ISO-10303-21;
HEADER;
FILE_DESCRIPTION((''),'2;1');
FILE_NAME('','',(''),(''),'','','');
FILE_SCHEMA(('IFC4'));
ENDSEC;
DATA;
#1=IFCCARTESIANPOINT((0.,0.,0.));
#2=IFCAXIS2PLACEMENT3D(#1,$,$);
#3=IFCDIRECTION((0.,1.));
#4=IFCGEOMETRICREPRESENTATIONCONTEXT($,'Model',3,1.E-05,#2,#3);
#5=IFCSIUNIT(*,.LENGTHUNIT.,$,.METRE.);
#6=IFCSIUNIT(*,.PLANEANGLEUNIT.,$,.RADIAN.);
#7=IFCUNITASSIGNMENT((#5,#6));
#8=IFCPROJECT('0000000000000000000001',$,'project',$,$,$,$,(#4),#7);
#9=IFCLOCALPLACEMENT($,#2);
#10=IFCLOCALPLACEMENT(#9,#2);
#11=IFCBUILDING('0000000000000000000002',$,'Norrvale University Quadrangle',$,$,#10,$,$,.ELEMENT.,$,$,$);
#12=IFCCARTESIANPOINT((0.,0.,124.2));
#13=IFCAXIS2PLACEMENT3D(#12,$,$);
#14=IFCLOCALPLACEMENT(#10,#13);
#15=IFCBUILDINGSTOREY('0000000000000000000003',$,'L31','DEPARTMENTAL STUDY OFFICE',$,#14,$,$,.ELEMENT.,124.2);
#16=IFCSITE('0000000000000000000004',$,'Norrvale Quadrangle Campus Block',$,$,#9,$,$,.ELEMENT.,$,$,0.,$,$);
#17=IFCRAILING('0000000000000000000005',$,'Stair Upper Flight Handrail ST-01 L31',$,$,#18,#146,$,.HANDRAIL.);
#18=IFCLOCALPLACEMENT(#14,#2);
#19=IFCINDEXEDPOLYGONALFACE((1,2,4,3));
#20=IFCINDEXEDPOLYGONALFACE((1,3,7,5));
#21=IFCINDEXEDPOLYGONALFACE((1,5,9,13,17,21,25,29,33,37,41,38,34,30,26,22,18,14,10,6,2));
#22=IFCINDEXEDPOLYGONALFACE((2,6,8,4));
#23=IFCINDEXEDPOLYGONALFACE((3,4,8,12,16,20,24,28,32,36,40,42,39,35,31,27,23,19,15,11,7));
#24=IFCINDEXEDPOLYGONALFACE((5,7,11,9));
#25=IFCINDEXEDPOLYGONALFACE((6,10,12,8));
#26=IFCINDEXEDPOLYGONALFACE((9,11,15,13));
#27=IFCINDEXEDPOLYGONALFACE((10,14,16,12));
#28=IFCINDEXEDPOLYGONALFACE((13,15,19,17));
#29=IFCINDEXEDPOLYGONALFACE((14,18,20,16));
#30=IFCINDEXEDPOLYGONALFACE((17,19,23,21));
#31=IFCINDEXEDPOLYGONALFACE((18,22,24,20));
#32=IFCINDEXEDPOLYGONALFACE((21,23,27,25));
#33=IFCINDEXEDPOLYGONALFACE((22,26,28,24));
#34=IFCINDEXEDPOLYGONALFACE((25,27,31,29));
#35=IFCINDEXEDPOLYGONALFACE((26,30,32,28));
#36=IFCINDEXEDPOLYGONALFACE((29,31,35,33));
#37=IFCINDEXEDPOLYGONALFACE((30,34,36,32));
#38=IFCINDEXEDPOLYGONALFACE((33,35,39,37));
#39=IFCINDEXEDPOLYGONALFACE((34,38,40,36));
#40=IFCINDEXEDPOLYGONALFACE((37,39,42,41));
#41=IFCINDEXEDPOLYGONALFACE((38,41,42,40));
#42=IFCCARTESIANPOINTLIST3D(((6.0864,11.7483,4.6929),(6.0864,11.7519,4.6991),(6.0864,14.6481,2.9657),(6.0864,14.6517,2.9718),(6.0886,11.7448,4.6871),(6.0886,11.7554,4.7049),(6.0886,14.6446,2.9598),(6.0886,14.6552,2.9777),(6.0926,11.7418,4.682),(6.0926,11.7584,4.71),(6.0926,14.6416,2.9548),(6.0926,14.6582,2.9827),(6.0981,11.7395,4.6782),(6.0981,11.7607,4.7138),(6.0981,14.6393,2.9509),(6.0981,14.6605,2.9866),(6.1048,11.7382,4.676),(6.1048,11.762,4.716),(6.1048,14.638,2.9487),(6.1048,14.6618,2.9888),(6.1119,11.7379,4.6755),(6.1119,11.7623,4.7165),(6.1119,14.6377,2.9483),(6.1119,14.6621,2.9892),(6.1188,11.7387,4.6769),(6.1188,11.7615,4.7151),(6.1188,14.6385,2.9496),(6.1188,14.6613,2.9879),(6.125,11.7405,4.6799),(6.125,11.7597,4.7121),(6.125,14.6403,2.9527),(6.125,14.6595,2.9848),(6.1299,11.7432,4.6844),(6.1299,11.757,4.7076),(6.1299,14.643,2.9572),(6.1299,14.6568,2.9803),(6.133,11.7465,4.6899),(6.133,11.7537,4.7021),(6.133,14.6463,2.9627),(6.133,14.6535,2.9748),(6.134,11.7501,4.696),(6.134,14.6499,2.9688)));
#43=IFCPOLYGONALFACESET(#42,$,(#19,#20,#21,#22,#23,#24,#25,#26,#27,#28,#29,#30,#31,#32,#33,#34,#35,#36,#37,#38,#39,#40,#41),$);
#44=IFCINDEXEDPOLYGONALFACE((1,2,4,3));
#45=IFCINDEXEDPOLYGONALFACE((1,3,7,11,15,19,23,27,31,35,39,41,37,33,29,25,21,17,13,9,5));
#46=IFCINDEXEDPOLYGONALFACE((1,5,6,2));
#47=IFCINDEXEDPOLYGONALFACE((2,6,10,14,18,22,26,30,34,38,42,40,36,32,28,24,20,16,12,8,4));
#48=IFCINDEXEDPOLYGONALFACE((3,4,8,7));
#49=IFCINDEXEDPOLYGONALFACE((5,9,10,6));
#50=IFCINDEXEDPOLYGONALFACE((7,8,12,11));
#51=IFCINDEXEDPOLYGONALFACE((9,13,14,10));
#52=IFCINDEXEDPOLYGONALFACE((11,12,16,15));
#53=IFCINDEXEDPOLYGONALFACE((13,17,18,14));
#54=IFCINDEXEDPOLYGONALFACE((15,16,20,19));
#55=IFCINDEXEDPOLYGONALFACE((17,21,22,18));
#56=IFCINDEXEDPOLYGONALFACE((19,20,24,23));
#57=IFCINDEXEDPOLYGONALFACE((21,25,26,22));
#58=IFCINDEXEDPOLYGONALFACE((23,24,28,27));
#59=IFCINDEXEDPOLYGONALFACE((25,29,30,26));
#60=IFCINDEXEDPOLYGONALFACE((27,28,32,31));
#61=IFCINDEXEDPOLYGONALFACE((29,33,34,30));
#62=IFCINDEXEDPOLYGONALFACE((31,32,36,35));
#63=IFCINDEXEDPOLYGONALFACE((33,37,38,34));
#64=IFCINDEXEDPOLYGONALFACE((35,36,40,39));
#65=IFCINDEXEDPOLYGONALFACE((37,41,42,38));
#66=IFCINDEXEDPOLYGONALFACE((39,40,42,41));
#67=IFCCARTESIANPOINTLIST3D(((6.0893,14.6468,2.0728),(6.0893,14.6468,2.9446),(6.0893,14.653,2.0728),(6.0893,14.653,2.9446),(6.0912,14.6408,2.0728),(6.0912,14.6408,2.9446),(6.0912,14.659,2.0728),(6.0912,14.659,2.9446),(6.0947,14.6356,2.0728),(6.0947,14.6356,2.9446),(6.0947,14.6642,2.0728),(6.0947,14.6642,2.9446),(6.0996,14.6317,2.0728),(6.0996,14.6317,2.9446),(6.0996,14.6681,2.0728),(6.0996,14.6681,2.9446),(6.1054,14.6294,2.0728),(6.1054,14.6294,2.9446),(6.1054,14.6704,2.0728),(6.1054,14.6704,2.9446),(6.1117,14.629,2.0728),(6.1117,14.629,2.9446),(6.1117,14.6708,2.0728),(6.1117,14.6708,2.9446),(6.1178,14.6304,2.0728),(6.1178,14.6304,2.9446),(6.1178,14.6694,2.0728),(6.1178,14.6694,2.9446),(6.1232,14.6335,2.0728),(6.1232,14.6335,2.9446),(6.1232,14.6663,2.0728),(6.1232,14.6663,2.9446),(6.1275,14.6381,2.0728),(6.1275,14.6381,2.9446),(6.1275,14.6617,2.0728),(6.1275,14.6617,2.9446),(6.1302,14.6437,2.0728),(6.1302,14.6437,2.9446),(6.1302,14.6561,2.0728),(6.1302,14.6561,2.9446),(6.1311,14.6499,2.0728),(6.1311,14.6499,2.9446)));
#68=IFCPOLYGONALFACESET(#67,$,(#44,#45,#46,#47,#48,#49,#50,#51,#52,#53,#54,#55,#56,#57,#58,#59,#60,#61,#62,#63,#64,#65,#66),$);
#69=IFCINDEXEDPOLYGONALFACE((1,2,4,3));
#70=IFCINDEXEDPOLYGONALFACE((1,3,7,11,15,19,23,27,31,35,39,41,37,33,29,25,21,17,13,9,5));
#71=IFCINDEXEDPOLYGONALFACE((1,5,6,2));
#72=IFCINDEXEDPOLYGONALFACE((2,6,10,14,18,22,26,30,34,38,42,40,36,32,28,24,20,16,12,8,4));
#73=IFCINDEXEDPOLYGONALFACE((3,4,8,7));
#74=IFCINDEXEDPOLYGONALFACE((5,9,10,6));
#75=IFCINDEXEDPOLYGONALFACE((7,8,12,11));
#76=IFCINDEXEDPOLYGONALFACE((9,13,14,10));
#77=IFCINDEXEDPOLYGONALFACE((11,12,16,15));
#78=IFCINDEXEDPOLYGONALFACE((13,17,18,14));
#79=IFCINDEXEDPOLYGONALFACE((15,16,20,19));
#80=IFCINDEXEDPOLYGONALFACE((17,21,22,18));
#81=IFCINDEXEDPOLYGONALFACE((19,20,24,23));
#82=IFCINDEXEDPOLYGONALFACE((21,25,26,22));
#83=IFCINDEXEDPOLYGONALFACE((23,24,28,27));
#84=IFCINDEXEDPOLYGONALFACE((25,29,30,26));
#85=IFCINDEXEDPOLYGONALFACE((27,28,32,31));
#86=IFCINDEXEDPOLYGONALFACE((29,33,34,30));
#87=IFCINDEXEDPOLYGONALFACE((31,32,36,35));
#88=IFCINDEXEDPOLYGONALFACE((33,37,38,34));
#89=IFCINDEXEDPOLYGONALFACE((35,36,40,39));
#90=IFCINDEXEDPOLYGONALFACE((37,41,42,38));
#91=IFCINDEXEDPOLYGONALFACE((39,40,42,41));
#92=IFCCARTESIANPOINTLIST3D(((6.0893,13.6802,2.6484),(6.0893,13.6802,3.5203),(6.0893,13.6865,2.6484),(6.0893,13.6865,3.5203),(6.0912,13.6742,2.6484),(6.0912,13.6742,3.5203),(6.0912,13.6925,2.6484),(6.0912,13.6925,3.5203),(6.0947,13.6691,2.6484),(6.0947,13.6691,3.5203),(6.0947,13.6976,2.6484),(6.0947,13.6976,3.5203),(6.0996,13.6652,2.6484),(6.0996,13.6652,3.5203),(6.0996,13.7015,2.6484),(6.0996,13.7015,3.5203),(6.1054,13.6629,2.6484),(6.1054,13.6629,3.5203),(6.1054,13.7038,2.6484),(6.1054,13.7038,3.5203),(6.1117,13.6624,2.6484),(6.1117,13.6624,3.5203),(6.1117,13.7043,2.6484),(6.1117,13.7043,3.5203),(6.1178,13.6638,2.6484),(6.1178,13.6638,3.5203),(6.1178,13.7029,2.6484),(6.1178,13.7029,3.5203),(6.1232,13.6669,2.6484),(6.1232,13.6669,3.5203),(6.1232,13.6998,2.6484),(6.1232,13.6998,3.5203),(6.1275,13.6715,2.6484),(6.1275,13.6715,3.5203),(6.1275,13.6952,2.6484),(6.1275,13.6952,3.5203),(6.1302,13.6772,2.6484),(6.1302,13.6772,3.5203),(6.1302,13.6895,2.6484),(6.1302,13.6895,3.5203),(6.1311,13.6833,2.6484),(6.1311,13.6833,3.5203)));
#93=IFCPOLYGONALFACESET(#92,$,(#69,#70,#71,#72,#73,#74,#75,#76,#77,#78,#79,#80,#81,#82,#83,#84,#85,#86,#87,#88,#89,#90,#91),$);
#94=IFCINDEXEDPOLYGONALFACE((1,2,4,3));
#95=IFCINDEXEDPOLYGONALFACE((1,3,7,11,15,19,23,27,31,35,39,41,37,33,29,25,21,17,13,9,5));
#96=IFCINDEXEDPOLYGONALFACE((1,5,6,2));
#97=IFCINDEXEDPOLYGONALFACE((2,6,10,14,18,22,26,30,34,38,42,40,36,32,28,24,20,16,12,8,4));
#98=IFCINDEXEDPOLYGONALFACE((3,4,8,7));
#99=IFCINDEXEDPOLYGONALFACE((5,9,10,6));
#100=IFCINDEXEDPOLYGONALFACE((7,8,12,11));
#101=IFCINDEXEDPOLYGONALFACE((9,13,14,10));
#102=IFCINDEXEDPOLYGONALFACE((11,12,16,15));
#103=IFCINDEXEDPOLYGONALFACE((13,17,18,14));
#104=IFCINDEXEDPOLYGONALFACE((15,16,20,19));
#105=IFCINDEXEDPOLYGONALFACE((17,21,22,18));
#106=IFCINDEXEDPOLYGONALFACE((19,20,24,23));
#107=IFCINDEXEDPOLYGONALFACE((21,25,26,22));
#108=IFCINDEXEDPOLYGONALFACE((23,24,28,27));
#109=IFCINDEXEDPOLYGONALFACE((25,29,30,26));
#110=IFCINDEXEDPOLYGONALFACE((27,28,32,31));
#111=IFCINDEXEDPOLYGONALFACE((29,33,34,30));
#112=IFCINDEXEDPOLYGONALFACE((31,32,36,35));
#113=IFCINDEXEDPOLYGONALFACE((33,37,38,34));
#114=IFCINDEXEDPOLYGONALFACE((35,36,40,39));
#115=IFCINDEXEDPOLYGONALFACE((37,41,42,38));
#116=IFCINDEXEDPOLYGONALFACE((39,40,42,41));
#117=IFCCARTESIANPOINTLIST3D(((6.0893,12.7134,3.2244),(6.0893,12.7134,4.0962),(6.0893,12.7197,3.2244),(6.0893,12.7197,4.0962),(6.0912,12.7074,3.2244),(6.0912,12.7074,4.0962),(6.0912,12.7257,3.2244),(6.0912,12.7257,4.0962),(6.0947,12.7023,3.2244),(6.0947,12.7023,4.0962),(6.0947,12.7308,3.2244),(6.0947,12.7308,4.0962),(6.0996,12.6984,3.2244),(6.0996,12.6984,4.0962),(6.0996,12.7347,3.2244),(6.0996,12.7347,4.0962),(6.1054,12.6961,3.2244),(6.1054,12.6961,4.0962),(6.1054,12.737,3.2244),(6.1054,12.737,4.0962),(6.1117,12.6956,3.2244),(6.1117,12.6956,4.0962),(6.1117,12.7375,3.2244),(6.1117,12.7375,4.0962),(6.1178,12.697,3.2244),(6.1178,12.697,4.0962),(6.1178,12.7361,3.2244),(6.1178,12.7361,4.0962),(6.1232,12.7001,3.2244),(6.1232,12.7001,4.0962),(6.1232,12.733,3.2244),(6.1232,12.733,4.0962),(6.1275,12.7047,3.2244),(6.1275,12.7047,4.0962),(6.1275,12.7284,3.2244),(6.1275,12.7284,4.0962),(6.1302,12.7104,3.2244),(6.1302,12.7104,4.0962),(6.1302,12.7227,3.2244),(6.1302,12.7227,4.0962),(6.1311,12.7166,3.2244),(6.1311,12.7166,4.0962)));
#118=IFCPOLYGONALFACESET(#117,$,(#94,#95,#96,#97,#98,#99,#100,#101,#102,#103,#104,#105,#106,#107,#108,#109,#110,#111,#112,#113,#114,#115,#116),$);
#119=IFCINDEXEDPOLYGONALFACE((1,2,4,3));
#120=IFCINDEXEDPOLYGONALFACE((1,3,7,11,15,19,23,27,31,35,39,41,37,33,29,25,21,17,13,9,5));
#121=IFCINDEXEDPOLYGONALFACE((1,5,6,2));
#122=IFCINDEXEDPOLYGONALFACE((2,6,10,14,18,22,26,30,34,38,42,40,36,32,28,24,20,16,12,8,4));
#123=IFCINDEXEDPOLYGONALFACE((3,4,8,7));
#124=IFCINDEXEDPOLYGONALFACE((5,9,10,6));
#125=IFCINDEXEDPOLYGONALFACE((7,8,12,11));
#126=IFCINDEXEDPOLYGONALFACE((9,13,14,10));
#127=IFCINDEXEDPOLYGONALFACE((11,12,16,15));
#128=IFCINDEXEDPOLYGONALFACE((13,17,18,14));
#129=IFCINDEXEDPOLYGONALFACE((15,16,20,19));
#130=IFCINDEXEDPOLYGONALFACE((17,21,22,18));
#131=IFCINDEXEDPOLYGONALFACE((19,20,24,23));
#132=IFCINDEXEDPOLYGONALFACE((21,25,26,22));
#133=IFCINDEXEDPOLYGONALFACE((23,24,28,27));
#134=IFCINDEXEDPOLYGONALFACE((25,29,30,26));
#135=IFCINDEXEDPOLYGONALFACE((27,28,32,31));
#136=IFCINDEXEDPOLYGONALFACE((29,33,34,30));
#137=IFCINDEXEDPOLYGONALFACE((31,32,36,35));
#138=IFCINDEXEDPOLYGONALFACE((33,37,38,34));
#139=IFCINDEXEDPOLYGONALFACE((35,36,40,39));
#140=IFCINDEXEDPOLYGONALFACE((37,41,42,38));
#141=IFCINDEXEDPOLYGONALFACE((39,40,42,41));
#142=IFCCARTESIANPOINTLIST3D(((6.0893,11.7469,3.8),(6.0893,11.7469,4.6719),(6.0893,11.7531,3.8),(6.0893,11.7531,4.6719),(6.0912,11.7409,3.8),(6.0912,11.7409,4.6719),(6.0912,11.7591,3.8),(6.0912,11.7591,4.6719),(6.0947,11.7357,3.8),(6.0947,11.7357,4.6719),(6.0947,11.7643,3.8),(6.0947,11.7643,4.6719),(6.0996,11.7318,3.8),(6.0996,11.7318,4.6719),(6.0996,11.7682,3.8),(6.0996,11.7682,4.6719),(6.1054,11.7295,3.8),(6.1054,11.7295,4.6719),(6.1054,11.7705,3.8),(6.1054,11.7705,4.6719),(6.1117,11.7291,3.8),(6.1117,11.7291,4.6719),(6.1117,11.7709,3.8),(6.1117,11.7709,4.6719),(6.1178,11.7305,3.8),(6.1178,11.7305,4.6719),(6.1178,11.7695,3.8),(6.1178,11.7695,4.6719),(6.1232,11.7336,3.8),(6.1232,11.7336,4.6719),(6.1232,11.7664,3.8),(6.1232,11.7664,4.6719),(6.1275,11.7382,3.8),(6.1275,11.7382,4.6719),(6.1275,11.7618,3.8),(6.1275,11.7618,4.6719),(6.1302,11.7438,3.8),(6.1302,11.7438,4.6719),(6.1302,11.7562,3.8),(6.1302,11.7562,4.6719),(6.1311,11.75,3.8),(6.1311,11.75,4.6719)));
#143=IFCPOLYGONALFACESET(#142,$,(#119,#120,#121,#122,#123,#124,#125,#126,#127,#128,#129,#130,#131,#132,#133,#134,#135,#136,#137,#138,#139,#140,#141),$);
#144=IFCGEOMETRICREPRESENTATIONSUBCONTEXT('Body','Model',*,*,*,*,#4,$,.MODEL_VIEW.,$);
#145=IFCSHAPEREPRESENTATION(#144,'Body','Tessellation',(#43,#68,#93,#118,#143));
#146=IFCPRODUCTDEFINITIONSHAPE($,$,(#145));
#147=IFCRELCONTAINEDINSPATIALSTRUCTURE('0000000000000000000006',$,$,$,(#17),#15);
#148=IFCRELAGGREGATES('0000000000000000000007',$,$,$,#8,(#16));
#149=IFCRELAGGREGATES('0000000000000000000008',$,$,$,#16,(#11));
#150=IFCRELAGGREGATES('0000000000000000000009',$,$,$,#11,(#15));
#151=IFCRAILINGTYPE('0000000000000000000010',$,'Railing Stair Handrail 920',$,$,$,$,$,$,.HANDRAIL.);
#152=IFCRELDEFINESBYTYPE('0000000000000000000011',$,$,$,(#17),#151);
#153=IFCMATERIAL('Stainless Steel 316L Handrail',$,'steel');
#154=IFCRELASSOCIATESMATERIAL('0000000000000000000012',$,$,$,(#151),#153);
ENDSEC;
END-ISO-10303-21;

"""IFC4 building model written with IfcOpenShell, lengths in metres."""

from ifc_helpers import new_model, si_unit, direction, frame, origin, origin_2d, place, context, subcontext, project, spatial, circle, extrude, material, type_object, element, save


model = new_model("IFC4")

# Units and contexts
model_context = context("Model", 3, precision=1e-05, world=origin(), true_north=direction((0.0, 1.0)))
body_context = subcontext(model_context, "Body", "Model", "MODEL_VIEW")
ifc_project = project(units=[si_unit("LENGTHUNIT", "METRE"), si_unit("PLANEANGLEUNIT", "RADIAN")], contexts=[model_context])

# Site, building, storey
site_placement = place(None, origin())
site = spatial("IfcSite", under=ifc_project, at=site_placement, Name="Norrvale Quadrangle Campus Block", CompositionType="ELEMENT", RefElevation=0.0)
building_placement = place(site_placement, origin())
building = spatial("IfcBuilding", under=site, at=building_placement, Name="Norrvale University Quadrangle", CompositionType="ELEMENT")
storey_placement = place(building_placement, frame((0.0, 0.0, 124.2)))
storey = spatial("IfcBuildingStorey", under=building, at=storey_placement, Name="L31", Description="DEPARTMENTAL STUDY OFFICE", CompositionType="ELEMENT", Elevation=124.2)

# Railing
ifc_material_1 = material(Name="Stainless Steel 316L Handrail", Category="steel")
railing_type_1 = type_object("IfcRailingType", Name="Railing Stair Handrail 920", PredefinedType="HANDRAIL", material=ifc_material_1)
railing_1_placement = place(storey_placement, frame((6.1101, 14.6499, 2.0728)))
element("IfcRailing", 1, at=railing_1_placement, inside=storey, type_object=railing_type_1, Name="Stair Upper Flight Handrail ST-01 L31", PredefinedType="HANDRAIL", context=body_context, shape_type="SweptSolid", body=[
    extrude(circle(Radius=0.0239, at=origin_2d()), frame((0.0, 0.0, 0.896), z_axis=(0.0, -0.859141, 0.511738), x_axis=(1.0, 0.0, 0.0)), (0.0, 0.0, 1.0), 3.3752),
    extrude(circle(Radius=0.021, at=origin_2d()), origin(), (0.0, 0.0, 1.0), 0.8718),
    extrude(circle(Radius=0.021, at=origin_2d()), frame((0.0, -0.9666, 0.5757)), (0.0, 0.0, 1.0), 0.8718),
    extrude(circle(Radius=0.021, at=origin_2d()), frame((0.0, -1.9333, 1.1516)), (0.0, 0.0, 1.0), 0.8718),
    extrude(circle(Radius=0.021, at=origin_2d()), frame((0.0, -2.8999, 1.7273)), (0.0, 0.0, 1.0), 0.8718),
])

save(model, "model.ifc")
